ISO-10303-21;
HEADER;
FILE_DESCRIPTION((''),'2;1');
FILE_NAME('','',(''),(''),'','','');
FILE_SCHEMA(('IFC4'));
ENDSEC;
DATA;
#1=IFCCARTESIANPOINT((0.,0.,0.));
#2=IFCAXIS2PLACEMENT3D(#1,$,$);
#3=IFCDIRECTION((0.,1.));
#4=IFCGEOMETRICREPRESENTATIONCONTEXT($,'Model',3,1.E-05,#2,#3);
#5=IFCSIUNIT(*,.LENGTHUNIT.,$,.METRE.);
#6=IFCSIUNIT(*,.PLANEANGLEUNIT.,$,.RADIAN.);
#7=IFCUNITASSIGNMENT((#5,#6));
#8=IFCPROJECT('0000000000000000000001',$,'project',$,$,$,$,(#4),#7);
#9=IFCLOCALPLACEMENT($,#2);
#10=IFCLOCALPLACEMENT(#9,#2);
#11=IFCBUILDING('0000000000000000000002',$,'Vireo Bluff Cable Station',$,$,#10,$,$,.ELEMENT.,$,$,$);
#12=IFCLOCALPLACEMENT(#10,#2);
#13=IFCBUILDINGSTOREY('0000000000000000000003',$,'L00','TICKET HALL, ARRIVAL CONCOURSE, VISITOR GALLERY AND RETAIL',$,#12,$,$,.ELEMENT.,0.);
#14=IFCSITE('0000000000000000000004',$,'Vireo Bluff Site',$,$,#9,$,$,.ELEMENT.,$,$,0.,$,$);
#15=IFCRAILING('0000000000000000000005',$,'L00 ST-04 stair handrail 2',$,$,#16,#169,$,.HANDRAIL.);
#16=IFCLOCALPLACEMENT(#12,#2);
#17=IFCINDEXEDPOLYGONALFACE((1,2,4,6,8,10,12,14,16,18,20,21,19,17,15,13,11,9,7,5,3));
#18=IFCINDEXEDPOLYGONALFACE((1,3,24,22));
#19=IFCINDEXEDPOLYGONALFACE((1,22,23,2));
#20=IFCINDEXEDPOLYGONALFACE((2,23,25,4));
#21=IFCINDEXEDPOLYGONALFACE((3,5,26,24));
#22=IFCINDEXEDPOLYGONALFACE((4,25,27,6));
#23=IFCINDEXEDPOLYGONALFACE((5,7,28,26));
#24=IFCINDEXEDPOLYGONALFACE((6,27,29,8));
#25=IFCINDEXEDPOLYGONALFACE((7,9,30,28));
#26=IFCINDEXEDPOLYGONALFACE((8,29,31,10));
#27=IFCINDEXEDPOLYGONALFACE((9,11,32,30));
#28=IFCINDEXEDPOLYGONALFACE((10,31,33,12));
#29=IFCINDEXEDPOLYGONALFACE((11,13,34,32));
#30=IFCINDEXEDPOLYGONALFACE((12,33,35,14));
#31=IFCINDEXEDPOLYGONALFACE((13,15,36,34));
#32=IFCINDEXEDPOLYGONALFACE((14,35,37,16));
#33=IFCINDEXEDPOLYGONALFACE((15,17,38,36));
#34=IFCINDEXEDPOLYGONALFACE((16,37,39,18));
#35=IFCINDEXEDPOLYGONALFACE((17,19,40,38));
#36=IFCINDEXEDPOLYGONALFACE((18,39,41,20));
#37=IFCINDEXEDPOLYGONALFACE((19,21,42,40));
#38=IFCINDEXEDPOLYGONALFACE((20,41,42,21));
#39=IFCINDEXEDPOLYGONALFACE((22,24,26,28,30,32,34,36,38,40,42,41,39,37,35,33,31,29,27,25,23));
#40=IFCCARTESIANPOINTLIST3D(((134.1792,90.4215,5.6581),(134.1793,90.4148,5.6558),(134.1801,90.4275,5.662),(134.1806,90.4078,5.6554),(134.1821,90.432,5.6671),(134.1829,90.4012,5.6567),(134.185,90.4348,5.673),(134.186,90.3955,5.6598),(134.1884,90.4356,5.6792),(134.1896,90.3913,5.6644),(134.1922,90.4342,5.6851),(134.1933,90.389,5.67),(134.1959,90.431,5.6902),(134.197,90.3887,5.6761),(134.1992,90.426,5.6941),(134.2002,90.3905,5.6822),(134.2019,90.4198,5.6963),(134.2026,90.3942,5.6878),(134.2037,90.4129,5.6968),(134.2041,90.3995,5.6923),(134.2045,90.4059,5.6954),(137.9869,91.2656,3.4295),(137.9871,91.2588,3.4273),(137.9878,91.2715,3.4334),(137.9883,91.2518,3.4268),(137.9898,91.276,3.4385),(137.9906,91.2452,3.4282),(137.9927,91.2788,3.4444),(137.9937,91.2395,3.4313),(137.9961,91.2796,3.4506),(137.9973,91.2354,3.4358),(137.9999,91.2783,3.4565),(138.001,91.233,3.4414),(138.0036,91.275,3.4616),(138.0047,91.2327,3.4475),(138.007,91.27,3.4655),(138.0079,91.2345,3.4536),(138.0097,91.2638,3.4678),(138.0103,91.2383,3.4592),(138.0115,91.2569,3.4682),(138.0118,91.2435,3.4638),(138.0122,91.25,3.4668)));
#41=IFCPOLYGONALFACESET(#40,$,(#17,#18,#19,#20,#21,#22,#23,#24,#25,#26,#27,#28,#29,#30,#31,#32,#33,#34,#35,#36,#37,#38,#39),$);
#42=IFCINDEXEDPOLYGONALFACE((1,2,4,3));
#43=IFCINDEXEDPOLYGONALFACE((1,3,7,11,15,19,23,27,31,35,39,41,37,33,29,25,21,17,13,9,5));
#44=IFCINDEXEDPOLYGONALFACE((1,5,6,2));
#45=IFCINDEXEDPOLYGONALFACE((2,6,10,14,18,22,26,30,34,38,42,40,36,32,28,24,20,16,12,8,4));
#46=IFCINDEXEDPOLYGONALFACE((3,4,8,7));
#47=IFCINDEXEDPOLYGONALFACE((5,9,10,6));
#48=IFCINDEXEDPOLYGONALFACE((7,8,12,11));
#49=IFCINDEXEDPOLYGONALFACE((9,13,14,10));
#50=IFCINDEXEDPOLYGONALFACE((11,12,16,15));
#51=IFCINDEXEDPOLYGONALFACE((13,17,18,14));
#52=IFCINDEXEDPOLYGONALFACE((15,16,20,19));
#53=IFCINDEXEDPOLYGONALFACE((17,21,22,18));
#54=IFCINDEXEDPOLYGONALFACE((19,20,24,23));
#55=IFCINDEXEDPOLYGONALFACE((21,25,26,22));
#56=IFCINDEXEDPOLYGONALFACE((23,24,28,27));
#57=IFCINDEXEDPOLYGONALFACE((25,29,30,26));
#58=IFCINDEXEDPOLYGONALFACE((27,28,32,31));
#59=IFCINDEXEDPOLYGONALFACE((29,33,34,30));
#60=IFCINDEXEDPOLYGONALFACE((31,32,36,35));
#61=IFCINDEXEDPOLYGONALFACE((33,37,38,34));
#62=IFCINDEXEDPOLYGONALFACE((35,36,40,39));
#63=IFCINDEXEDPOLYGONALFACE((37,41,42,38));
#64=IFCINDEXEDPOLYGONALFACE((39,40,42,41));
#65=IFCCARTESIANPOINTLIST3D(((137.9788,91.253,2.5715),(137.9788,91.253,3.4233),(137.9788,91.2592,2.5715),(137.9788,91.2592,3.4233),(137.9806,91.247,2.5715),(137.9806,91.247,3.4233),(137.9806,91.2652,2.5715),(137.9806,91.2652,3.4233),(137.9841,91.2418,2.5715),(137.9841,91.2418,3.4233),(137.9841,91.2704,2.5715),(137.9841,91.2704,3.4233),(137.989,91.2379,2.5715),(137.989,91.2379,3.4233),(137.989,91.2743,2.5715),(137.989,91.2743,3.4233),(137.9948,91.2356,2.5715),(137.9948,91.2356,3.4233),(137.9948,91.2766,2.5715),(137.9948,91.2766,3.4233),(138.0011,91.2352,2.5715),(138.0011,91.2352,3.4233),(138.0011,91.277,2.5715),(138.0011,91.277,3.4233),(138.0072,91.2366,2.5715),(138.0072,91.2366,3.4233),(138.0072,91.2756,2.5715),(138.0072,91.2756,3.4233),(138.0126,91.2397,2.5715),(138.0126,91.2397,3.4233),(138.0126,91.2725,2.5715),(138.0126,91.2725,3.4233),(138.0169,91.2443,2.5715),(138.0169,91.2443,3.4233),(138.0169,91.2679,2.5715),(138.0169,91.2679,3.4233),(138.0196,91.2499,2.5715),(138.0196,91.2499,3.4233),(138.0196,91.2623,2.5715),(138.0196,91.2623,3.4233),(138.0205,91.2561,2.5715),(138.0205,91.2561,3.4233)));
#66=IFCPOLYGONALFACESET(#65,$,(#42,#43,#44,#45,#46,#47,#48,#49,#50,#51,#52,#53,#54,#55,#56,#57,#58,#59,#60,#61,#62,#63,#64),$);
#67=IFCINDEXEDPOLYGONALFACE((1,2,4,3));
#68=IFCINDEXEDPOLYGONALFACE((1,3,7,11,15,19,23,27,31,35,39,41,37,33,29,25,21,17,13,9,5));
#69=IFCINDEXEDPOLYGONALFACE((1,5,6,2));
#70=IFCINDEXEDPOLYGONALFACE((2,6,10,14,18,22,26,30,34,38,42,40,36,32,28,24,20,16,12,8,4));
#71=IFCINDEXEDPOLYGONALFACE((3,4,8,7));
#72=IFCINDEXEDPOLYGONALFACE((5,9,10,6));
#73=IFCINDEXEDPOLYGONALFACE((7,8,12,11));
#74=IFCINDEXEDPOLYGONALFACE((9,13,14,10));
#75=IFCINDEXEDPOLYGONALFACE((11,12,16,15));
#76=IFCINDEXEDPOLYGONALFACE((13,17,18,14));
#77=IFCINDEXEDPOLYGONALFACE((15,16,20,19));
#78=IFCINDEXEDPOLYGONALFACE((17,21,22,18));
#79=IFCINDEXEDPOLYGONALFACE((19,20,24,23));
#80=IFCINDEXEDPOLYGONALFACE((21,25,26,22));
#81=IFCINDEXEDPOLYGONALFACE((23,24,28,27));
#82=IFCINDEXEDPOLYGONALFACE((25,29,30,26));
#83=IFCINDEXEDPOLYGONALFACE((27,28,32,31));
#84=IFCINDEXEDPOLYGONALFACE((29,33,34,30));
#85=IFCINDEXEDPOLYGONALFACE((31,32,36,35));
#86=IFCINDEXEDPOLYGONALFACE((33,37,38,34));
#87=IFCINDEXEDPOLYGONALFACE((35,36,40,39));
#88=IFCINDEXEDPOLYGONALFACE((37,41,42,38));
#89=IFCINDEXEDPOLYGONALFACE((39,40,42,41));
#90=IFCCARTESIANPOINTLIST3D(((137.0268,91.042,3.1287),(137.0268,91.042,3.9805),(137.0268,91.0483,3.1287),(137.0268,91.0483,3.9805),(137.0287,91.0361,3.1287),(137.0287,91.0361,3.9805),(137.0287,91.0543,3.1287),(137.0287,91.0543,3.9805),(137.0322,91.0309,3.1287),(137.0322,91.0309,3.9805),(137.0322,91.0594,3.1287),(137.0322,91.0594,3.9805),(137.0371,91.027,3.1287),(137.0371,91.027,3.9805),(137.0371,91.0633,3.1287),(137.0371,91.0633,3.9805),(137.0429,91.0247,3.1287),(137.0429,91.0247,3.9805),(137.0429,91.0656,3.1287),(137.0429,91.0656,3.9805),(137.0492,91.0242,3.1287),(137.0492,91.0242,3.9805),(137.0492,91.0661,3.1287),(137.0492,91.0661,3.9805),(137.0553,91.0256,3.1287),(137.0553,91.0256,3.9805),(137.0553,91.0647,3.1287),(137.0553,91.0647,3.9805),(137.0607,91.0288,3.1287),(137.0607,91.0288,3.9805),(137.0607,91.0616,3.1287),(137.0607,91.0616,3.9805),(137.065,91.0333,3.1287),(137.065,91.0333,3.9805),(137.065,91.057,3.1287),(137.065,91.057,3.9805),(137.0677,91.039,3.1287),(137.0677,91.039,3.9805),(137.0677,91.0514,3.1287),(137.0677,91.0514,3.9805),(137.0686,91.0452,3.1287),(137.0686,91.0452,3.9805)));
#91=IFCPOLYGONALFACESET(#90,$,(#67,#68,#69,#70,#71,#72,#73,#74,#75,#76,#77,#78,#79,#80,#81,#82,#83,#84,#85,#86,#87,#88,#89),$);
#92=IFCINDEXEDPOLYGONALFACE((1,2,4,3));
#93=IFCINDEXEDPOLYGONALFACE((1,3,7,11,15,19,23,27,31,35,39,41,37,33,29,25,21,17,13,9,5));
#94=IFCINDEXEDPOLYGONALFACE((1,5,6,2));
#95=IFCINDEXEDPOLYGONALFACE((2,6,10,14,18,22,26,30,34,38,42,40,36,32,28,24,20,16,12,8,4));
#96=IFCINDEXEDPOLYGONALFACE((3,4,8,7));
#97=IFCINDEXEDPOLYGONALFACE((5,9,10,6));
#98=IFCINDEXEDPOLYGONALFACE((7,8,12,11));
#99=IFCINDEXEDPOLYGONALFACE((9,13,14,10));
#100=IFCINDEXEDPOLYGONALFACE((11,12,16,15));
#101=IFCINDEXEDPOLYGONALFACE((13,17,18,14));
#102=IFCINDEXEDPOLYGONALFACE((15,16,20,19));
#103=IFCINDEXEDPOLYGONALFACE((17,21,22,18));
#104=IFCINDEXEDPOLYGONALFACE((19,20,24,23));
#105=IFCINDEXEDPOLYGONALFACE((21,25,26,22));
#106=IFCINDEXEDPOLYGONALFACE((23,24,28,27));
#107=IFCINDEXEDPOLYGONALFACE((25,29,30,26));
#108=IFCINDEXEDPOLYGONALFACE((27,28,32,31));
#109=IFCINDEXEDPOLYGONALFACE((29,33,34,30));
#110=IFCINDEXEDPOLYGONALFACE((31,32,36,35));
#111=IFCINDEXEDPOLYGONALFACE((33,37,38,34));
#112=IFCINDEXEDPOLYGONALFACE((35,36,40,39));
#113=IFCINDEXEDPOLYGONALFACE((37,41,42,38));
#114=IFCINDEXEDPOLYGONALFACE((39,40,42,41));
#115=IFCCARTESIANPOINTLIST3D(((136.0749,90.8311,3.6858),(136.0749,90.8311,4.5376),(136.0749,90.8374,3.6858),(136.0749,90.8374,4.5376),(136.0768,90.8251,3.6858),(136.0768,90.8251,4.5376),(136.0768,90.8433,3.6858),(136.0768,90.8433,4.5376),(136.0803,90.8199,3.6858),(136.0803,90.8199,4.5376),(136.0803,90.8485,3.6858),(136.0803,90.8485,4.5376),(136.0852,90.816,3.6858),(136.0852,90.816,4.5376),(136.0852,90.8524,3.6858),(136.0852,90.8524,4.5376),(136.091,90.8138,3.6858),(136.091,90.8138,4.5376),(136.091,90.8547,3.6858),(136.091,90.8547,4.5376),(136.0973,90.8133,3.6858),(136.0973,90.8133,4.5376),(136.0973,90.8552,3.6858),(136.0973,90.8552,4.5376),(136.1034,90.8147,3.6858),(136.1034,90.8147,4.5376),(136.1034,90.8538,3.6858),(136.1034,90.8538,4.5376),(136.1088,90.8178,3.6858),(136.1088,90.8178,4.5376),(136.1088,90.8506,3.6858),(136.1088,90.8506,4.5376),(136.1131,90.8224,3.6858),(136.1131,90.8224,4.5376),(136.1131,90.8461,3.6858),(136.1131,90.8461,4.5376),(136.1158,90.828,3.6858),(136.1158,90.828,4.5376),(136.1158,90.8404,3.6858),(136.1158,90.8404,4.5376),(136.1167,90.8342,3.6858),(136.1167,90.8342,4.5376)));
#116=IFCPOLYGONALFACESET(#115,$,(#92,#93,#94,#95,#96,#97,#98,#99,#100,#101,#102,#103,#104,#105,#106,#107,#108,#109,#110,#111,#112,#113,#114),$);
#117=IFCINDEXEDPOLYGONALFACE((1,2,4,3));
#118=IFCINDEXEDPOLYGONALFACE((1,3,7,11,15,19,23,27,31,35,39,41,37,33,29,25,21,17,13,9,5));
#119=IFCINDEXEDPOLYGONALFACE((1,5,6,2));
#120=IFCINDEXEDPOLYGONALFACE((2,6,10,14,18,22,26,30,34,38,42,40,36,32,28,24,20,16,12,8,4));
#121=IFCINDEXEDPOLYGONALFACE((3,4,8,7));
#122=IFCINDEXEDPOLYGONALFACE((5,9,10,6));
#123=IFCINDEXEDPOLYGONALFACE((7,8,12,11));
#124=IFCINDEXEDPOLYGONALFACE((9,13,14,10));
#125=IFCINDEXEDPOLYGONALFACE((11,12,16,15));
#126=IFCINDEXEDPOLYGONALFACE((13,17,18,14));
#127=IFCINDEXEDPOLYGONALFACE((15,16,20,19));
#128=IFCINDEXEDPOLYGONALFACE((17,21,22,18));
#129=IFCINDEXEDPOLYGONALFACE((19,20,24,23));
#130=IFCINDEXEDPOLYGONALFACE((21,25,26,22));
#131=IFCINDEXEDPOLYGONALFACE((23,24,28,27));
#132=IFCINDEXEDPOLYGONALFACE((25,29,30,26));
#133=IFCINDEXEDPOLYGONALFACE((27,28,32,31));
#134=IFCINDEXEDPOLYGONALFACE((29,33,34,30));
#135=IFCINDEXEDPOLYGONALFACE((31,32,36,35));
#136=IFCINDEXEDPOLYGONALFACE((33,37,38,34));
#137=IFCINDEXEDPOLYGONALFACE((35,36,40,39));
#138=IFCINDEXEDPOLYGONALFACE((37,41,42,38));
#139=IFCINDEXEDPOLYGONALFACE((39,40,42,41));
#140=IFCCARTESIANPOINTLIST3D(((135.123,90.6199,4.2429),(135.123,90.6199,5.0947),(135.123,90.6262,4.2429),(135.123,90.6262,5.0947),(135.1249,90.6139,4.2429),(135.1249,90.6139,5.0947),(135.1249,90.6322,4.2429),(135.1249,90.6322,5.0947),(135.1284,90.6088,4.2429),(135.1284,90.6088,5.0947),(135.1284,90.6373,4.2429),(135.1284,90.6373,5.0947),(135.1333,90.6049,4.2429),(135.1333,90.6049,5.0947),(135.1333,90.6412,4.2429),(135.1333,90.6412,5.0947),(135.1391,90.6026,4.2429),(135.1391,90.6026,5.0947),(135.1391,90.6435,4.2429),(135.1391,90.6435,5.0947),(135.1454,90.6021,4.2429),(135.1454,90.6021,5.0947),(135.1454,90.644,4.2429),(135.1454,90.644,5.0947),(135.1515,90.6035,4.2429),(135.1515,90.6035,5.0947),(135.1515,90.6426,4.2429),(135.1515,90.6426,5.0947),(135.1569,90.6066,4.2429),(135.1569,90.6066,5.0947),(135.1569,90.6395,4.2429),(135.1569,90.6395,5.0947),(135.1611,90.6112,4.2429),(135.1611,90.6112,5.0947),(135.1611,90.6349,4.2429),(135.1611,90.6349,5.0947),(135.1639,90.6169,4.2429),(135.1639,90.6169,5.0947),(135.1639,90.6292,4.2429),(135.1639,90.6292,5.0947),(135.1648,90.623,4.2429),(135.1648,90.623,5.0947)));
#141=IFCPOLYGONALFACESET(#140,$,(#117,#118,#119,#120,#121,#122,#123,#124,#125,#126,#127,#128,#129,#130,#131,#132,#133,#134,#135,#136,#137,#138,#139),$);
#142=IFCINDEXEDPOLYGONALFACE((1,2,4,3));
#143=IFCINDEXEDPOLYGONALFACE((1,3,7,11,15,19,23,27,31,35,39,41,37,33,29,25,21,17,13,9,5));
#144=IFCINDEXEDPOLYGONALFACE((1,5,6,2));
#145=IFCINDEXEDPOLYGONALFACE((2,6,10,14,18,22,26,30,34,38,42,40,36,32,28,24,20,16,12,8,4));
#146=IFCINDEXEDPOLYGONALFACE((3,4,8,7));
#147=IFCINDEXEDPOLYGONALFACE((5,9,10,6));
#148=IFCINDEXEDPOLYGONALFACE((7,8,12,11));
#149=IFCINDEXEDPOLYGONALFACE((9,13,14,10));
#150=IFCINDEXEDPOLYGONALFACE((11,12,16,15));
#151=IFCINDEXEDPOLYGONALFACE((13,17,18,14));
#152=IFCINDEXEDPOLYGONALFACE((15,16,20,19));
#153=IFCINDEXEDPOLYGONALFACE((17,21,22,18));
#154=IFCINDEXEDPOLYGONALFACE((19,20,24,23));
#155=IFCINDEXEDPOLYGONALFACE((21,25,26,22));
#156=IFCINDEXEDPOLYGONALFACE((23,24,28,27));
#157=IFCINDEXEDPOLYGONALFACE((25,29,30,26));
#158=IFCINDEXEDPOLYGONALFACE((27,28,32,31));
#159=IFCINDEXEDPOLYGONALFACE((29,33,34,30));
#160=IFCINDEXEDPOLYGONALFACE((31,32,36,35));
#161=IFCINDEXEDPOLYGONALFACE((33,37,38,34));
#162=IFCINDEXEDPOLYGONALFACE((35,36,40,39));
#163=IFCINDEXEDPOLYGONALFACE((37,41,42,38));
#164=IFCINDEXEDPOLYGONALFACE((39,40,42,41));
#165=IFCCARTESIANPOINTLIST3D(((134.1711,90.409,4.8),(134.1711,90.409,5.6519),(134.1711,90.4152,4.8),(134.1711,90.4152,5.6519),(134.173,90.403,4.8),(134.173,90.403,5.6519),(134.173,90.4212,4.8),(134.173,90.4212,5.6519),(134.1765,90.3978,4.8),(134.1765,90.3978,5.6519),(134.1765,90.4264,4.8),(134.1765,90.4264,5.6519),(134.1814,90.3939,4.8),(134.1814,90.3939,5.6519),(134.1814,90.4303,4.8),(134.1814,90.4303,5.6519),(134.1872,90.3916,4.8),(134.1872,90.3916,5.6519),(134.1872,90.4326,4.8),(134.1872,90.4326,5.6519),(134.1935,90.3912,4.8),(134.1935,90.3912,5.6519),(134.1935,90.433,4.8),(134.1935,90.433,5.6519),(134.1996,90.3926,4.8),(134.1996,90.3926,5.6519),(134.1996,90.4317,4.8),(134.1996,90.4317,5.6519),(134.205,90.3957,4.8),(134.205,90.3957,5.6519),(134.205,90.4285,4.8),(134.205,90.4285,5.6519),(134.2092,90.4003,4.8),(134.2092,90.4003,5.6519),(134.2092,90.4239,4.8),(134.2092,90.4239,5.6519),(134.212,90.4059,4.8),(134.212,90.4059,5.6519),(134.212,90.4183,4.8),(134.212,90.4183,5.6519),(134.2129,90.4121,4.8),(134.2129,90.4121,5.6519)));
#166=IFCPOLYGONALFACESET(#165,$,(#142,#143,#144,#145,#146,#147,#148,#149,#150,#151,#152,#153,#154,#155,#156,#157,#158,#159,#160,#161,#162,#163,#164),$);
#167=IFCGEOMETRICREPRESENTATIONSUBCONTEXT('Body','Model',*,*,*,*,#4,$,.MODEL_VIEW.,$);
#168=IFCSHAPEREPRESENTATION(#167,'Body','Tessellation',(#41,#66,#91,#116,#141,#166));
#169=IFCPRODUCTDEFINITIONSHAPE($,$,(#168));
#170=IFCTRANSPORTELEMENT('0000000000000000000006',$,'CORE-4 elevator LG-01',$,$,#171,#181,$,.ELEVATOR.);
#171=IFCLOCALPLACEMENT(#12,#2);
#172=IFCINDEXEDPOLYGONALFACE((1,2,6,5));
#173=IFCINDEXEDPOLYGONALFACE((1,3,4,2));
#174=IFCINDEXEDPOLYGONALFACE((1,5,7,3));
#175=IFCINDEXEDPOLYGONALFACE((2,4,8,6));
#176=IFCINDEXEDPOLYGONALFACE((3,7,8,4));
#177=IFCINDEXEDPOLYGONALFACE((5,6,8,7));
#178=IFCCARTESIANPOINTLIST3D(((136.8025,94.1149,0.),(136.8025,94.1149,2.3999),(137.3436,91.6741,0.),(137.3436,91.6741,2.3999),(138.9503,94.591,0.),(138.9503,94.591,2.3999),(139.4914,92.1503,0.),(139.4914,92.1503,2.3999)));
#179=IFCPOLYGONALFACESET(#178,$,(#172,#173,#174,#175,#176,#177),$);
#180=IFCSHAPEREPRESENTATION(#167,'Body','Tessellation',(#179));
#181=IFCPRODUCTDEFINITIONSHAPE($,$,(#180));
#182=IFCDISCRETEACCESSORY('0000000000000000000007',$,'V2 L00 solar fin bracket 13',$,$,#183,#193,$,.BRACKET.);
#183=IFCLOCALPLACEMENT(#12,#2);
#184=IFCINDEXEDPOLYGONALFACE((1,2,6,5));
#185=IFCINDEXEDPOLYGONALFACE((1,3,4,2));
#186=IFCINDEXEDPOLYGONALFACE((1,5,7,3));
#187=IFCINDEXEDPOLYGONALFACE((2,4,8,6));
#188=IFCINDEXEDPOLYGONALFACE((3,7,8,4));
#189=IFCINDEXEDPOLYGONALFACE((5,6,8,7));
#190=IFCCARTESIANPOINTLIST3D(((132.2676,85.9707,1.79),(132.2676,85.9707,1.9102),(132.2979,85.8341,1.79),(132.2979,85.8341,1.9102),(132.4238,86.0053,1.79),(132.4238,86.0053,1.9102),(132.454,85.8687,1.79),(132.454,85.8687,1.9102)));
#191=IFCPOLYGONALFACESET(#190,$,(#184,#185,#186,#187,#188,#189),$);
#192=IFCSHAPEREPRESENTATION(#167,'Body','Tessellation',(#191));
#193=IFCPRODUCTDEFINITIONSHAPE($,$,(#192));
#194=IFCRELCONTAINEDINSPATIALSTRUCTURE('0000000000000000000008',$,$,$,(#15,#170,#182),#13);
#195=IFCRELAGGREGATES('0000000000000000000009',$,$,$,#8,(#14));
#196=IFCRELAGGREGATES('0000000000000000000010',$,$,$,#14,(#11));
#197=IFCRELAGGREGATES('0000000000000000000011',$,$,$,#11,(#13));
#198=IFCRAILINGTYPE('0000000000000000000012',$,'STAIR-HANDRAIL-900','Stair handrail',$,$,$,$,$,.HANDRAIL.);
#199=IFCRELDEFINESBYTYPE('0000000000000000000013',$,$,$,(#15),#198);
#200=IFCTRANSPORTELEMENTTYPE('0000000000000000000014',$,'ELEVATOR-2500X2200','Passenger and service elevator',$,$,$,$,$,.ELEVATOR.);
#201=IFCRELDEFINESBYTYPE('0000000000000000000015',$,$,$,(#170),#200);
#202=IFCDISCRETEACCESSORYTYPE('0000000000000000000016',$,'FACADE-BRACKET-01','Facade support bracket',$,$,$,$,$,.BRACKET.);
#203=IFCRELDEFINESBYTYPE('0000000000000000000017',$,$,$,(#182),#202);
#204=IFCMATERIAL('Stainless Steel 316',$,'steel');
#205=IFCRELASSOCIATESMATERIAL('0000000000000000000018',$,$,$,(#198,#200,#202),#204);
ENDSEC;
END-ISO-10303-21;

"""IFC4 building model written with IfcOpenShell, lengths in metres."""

from ifc_helpers import new_model, si_unit, direction, frame, origin, origin_2d, place, context, subcontext, project, spatial, rectangle, circle, extrude, material, type_object, element, save


model = new_model("IFC4")

# Units and contexts
model_context = context("Model", 3, precision=1e-05, world=origin(), true_north=direction((0.0, 1.0)))
body_context = subcontext(model_context, "Body", "Model", "MODEL_VIEW")
ifc_project = project(units=[si_unit("LENGTHUNIT", "METRE"), si_unit("PLANEANGLEUNIT", "RADIAN")], contexts=[model_context])

# Site, building, storey
site_placement = place(None, origin())
site = spatial("IfcSite", under=ifc_project, at=site_placement, Name="Vireo Bluff Site", CompositionType="ELEMENT", RefElevation=0.0)
building_placement = place(site_placement, origin())
building = spatial("IfcBuilding", under=site, at=building_placement, Name="Vireo Bluff Cable Station", CompositionType="ELEMENT")
storey_placement = place(building_placement, origin())
storey = spatial("IfcBuildingStorey", under=building, at=storey_placement, Name="L00", Description="TICKET HALL, ARRIVAL CONCOURSE, VISITOR GALLERY AND RETAIL", CompositionType="ELEMENT", Elevation=0.0)

# Shared definitions
ifc_material_1 = material(Name="Stainless Steel 316", Category="steel")

# Railing
railing_type_1 = type_object("IfcRailingType", Name="STAIR-HANDRAIL-900", Description="Stair handrail", PredefinedType="HANDRAIL", material=ifc_material_1)
railing_1_placement = place(storey_placement, frame((137.9995, 91.2561, 2.5715)))
element("IfcRailing", 1, at=railing_1_placement, inside=storey, type_object=railing_type_1, Name="L00 ST-04 stair handrail 2", PredefinedType="HANDRAIL", context=body_context, shape_type="SweptSolid", body=[
    extrude(circle(Radius=0.0239, at=origin_2d()), frame((0.0, 0.0, 0.876), z_axis=(-0.847676, -0.187895, 0.496126), x_axis=(0.216407, -0.976303, 0.0)), (0.0, 0.0, 1.0), 4.4919),
    extrude(circle(Radius=0.021, at=origin_2d()), origin(), (0.0, 0.0, 1.0), 0.8518),
    extrude(circle(Radius=0.021, at=origin_2d()), frame((-0.9519, -0.2109, 0.5571)), (0.0, 0.0, 1.0), 0.8518),
    extrude(circle(Radius=0.021, at=origin_2d()), frame((-1.9038, -0.4219, 1.1143)), (0.0, 0.0, 1.0), 0.8518),
    extrude(circle(Radius=0.021, at=origin_2d()), frame((-2.8557, -0.6331, 1.6714)), (0.0, 0.0, 1.0), 0.8518),
    extrude(circle(Radius=0.021, at=origin_2d()), frame((-3.8076, -0.844, 2.2285)), (0.0, 0.0, 1.0), 0.8518),
])

# Transport element
transport_element_type = type_object("IfcTransportElementType", Name="ELEVATOR-2500X2200", Description="Passenger and service elevator", PredefinedType="ELEVATOR", material=ifc_material_1)
transport_element_placement = place(storey_placement, frame((138.147, 93.1326, 0.0), z_axis=(0.0, 0.0, 1.0), x_axis=(0.976296, 0.21644, 0.0)))
element("IfcTransportElement", 2, at=transport_element_placement, inside=storey, type_object=transport_element_type, Name="CORE-4 elevator LG-01", PredefinedType="ELEVATOR", context=body_context, shape_type="SweptSolid", body=[
    extrude(rectangle(XDim=2.2, YDim=2.5, at=origin_2d()), origin(), (0.0, 0.0, 1.0), 2.3999),
])

# Discrete accessory
discrete_accessory_type = type_object("IfcDiscreteAccessoryType", Name="FACADE-BRACKET-01", Description="Facade support bracket", PredefinedType="BRACKET", material=ifc_material_1)
discrete_accessory_placement = place(storey_placement, frame((132.3608, 85.9197, 1.79), z_axis=(0.0, 0.0, 1.0), x_axis=(-0.21644, 0.976296, 0.0)))
element("IfcDiscreteAccessory", 3, at=discrete_accessory_placement, inside=storey, type_object=discrete_accessory_type, Name="V2 L00 solar fin bracket 13", PredefinedType="BRACKET", context=body_context, shape_type="SweptSolid", body=[
    extrude(rectangle(XDim=0.1399, YDim=0.1599, at=origin_2d()), origin(), (0.0, 0.0, 1.0), 0.1201),
])

save(model, "model.ifc")
